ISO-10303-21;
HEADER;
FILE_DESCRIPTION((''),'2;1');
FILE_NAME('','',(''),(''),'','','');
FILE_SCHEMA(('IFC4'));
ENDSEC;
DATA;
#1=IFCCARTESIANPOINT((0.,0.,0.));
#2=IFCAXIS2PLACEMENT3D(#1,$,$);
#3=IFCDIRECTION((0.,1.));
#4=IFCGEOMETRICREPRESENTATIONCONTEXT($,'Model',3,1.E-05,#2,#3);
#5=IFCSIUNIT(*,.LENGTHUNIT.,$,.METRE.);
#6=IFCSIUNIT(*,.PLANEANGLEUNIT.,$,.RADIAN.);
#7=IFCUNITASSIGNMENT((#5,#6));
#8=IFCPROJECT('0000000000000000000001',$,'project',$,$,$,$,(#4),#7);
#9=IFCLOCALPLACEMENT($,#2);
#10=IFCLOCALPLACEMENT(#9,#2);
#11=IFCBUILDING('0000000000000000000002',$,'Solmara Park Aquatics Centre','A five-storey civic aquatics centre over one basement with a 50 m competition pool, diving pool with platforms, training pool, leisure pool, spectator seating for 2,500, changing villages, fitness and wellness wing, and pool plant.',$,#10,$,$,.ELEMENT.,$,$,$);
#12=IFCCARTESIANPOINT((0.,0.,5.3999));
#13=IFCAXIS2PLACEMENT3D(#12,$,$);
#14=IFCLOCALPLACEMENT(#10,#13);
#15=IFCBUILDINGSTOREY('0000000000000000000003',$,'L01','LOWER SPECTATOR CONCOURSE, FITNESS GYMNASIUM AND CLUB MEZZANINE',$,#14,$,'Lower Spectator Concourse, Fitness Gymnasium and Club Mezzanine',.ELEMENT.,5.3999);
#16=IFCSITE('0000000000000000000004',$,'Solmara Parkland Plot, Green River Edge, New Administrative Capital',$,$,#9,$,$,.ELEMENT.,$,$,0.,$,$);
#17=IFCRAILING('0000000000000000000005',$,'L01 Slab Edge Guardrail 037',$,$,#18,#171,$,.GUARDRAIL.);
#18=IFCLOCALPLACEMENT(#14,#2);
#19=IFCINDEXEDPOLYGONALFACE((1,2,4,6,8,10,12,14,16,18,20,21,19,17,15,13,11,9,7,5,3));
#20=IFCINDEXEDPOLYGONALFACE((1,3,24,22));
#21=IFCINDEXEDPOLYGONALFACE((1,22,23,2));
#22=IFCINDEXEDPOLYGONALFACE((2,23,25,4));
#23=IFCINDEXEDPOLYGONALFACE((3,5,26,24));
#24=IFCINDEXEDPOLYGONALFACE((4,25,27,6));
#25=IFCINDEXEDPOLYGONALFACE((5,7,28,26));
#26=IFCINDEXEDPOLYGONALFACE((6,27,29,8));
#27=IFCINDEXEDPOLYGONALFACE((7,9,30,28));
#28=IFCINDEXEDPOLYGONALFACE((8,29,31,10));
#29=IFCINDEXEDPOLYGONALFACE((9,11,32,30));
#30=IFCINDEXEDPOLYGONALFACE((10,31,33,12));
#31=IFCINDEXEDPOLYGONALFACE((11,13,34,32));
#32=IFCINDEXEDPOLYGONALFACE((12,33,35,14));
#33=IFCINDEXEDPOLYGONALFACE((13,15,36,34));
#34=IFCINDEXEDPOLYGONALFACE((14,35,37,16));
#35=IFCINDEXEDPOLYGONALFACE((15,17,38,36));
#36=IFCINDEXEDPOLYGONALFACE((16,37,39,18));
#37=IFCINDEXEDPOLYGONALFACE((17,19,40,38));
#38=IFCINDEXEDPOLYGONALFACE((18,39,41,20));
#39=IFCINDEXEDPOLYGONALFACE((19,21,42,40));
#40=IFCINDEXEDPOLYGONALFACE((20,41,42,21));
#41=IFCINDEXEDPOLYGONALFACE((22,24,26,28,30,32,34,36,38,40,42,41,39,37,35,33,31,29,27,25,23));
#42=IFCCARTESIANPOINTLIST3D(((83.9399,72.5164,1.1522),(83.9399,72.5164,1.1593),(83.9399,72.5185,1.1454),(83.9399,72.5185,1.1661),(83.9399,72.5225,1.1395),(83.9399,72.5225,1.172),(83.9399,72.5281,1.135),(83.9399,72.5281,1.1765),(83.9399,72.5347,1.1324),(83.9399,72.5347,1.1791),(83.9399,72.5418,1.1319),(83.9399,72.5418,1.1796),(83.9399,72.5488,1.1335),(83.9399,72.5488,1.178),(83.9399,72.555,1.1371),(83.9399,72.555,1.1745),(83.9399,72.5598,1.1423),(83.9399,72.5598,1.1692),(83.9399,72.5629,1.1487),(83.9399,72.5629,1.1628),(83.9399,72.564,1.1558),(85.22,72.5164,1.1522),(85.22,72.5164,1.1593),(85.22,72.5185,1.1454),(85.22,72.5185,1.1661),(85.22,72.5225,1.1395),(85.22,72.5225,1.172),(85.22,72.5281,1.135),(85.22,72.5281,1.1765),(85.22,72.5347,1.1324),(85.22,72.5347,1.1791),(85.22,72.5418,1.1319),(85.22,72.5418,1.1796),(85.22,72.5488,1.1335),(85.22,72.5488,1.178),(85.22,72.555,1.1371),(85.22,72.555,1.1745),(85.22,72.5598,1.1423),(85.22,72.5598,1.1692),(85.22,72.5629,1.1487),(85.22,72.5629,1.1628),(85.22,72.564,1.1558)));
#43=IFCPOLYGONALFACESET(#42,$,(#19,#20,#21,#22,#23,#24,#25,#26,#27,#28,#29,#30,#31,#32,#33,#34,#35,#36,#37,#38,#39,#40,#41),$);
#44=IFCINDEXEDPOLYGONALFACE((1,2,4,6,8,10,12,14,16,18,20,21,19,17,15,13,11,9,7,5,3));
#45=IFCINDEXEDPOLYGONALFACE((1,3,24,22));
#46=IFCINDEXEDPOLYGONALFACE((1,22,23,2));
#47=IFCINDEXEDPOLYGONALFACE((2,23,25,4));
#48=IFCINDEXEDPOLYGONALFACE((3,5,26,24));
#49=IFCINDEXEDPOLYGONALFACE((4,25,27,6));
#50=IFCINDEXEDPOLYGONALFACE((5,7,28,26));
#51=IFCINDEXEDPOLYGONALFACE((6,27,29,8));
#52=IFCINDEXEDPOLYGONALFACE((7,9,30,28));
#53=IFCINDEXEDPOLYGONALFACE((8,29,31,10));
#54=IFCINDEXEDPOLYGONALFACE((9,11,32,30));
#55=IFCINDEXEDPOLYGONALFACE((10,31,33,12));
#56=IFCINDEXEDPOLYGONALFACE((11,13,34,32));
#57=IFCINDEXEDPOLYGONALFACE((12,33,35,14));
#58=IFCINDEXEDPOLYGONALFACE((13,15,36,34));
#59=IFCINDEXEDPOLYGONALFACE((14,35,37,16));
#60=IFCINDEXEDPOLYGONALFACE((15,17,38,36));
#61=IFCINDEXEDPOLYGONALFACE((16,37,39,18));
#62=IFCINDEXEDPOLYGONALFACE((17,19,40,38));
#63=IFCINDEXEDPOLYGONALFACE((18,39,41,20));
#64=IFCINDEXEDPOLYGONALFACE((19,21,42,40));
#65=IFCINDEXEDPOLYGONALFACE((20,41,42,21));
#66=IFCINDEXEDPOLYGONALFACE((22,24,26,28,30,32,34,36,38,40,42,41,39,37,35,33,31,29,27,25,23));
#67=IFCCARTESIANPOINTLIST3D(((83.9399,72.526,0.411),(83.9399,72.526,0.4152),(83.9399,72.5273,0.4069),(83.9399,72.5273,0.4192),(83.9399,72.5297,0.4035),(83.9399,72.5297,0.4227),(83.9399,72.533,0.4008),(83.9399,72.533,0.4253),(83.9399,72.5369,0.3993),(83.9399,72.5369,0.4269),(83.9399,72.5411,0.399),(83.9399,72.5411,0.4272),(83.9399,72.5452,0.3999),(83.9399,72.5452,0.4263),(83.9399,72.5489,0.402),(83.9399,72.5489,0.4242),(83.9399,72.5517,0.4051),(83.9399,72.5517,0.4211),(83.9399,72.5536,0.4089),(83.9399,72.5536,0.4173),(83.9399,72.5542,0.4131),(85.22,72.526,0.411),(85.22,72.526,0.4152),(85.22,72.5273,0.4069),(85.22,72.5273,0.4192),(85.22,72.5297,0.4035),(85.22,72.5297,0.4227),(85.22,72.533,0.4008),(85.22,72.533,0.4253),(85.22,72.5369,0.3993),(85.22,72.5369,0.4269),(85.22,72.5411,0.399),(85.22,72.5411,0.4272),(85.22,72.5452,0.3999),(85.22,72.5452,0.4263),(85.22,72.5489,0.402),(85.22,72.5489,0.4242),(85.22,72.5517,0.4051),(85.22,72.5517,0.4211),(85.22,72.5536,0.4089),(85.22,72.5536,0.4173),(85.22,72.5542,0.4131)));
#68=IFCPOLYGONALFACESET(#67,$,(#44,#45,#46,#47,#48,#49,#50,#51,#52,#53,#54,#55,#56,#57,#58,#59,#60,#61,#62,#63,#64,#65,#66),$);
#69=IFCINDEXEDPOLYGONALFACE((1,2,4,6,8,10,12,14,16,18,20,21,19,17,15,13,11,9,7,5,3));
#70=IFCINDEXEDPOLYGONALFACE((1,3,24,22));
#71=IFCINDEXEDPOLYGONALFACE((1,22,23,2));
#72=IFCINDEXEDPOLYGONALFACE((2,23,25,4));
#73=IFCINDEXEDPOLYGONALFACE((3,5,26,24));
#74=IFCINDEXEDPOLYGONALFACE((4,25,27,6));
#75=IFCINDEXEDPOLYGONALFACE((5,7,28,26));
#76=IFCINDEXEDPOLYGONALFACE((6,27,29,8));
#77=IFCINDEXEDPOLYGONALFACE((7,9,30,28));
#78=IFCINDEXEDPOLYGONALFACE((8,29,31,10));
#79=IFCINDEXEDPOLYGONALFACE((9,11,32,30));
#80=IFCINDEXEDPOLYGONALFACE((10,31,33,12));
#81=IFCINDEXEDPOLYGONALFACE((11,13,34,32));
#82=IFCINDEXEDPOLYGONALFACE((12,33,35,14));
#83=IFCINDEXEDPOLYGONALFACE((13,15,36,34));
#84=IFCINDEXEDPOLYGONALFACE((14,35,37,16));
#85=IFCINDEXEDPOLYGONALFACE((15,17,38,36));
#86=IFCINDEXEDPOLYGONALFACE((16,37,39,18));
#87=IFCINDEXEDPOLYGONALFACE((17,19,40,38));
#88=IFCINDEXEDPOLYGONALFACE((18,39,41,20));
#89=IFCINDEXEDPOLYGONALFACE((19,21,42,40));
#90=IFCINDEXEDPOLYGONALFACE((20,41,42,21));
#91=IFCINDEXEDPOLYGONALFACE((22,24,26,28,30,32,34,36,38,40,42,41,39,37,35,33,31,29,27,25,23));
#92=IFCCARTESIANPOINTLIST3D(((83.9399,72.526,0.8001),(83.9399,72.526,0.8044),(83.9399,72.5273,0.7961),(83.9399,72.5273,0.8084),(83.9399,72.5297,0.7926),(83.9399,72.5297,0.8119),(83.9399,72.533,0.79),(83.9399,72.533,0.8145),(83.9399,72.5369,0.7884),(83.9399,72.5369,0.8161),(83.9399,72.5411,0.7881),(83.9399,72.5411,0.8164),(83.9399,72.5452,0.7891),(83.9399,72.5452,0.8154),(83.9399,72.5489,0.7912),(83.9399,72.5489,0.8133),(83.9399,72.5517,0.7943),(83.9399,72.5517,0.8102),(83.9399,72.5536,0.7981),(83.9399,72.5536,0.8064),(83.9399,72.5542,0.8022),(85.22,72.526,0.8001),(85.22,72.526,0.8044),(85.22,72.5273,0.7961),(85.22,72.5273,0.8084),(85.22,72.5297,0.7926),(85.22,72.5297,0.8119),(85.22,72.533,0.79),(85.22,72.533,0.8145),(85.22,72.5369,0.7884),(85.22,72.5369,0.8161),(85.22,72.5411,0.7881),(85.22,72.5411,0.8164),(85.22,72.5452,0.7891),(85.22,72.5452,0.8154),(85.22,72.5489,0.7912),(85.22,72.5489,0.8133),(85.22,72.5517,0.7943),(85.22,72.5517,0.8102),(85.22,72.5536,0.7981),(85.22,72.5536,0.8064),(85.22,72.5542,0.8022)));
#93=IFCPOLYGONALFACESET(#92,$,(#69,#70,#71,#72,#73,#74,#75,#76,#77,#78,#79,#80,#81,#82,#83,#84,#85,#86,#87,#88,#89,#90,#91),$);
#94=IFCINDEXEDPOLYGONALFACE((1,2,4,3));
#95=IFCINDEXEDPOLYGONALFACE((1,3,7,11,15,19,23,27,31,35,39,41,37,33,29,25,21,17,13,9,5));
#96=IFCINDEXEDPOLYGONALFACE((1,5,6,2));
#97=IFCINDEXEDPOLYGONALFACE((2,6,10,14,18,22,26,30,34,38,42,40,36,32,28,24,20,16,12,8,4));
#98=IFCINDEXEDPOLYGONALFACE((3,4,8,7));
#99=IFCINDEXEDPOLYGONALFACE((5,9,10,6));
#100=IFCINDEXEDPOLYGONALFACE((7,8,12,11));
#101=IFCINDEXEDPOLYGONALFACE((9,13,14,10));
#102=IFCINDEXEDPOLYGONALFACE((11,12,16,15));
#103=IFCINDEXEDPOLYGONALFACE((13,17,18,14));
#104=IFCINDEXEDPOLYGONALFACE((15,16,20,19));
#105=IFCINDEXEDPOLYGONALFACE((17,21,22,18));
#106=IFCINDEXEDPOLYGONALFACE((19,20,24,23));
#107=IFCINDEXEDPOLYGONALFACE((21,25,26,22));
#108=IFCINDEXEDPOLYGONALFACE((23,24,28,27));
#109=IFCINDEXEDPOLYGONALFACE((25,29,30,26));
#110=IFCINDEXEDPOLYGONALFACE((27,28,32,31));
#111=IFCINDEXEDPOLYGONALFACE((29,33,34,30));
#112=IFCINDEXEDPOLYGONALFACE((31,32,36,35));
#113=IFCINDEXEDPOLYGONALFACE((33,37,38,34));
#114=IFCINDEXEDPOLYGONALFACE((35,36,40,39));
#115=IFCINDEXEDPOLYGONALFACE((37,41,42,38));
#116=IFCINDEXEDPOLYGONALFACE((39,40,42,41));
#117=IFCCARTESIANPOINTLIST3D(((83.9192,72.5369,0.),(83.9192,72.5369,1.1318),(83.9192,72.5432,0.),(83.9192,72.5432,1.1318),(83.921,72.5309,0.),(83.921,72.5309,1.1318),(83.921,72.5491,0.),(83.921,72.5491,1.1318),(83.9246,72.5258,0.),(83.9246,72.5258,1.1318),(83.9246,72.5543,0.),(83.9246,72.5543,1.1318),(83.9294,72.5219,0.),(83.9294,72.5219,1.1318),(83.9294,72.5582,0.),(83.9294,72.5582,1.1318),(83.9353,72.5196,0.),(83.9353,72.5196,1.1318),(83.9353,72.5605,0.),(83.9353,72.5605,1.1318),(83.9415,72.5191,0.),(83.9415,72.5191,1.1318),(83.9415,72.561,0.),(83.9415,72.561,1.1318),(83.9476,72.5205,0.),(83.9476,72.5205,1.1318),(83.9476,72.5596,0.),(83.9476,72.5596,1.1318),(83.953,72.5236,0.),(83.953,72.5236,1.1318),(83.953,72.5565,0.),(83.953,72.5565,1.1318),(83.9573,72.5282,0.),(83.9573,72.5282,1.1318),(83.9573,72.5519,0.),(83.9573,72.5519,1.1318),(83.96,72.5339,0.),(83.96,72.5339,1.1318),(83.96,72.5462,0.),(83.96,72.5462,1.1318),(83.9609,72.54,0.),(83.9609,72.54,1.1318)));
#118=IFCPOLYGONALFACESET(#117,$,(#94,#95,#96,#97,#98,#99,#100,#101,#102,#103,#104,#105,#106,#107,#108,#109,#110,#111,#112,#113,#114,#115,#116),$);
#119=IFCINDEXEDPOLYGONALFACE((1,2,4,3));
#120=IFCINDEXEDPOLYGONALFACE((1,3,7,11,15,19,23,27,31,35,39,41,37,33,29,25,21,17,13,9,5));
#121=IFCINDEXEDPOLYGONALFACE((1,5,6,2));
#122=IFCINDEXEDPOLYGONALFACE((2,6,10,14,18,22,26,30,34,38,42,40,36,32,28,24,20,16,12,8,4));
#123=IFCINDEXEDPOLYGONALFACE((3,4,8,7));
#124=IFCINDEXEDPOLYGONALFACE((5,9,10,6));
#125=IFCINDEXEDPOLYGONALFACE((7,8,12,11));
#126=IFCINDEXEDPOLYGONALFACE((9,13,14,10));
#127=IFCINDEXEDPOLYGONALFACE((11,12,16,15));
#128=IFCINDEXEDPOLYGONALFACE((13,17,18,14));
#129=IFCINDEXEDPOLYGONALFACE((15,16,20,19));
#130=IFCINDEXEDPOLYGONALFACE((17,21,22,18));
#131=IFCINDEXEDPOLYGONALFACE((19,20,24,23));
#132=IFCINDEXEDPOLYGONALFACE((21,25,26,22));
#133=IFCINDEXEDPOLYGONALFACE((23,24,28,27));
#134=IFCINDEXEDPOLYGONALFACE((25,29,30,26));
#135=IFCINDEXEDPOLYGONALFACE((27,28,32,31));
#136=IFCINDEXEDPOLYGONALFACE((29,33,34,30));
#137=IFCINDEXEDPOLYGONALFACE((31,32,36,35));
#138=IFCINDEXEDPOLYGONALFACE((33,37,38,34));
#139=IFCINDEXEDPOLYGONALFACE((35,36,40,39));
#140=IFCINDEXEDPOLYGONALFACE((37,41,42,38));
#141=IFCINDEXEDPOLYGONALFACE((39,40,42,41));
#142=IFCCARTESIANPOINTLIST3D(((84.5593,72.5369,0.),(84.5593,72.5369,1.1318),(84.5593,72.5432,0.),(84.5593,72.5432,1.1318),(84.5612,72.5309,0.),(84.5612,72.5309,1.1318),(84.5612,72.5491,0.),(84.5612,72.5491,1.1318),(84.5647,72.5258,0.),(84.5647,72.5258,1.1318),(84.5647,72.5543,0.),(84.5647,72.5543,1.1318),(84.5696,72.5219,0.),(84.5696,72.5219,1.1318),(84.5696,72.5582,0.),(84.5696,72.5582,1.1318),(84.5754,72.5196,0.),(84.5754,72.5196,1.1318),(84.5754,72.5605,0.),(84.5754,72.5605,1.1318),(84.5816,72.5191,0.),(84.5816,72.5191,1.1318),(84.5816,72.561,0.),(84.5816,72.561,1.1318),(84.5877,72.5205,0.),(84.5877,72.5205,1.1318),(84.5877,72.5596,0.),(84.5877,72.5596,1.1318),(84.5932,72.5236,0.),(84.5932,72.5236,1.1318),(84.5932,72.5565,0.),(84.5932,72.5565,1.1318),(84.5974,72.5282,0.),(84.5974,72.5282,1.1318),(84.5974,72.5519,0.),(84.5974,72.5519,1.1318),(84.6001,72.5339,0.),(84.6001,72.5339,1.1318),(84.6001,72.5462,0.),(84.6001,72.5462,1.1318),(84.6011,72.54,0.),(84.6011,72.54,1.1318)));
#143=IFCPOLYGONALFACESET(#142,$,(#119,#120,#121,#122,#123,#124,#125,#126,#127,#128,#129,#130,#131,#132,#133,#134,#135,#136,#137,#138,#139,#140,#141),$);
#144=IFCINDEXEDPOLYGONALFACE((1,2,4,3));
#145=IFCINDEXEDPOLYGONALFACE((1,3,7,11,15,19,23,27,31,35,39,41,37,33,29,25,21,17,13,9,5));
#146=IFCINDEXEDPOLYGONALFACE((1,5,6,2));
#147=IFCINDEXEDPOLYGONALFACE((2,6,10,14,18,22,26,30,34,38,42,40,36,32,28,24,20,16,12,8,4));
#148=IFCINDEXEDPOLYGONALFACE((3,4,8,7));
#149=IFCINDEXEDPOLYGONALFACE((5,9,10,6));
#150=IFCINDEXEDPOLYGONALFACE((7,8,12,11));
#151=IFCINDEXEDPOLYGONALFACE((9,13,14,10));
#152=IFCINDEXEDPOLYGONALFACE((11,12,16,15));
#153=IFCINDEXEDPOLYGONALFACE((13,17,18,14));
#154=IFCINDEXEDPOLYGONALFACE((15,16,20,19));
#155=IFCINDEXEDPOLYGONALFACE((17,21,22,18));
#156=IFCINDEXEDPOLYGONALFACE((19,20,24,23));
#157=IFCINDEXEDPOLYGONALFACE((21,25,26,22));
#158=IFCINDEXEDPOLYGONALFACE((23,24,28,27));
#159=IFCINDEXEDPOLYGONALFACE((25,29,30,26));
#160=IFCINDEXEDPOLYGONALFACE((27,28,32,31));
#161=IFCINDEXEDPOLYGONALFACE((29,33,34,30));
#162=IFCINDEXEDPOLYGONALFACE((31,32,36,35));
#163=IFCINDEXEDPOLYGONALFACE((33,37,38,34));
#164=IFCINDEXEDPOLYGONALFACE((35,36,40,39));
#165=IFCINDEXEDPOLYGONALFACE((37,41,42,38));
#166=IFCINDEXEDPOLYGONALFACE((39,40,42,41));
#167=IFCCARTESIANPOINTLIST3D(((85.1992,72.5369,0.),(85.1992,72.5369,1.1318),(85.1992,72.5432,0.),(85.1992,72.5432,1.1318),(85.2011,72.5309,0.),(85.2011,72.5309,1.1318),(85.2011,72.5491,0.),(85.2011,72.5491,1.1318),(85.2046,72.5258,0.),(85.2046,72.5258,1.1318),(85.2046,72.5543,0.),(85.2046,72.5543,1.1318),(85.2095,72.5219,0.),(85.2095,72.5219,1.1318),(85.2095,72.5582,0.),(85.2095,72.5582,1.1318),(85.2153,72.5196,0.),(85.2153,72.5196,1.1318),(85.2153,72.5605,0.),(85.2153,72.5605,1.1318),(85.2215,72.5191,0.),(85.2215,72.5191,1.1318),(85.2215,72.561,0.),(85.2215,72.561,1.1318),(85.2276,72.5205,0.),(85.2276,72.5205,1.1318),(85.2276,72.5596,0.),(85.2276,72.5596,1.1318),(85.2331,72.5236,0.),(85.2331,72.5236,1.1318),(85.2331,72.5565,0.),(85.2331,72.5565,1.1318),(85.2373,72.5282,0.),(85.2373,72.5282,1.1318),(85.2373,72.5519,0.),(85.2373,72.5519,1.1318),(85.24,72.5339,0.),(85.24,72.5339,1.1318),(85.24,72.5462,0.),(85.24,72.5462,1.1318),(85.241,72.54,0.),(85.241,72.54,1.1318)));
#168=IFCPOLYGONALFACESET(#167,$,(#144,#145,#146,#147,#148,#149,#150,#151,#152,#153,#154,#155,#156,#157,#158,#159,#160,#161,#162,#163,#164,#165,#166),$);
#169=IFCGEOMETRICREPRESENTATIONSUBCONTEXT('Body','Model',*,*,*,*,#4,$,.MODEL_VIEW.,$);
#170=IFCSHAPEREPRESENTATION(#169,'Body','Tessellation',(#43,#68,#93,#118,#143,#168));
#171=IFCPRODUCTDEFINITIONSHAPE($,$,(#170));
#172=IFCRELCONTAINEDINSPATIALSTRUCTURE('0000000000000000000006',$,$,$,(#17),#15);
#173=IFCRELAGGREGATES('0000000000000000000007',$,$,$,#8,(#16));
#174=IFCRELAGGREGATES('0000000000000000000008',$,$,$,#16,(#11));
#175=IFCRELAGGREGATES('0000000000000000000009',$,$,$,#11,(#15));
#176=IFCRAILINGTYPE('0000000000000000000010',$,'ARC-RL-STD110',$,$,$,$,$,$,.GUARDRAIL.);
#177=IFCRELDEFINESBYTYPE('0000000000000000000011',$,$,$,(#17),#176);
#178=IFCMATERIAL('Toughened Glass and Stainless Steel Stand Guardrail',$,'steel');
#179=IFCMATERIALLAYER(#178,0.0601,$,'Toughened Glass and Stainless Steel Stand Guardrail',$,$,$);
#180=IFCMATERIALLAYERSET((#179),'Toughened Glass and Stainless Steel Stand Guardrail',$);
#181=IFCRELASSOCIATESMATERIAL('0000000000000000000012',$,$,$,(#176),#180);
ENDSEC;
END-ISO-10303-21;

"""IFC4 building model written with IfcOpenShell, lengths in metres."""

from ifc_helpers import new_model, si_unit, direction, frame, origin, origin_2d, place, context, subcontext, project, spatial, circle, extrude, material, layer, layer_set, type_object, element, save


model = new_model("IFC4")

# Units and contexts
model_context = context("Model", 3, precision=1e-05, world=origin(), true_north=direction((0.0, 1.0)))
body_context = subcontext(model_context, "Body", "Model", "MODEL_VIEW")
ifc_project = project(units=[si_unit("LENGTHUNIT", "METRE"), si_unit("PLANEANGLEUNIT", "RADIAN")], contexts=[model_context])

# Site, building, storey
site_placement = place(None, origin())
site = spatial("IfcSite", under=ifc_project, at=site_placement, Name="Solmara Parkland Plot, Green River Edge, New Administrative Capital", CompositionType="ELEMENT", RefElevation=0.0)
building_placement = place(site_placement, origin())
building = spatial("IfcBuilding", under=site, at=building_placement, Name="Solmara Park Aquatics Centre", Description="A five-storey civic aquatics centre over one basement with a 50 m competition pool, diving pool with platforms, training pool, leisure pool, spectator seating for 2,500, changing villages, fitness and wellness wing, and pool plant.", CompositionType="ELEMENT")
storey_placement = place(building_placement, frame((0.0, 0.0, 5.3999)))
storey = spatial("IfcBuildingStorey", under=building, at=storey_placement, Name="L01", Description="LOWER SPECTATOR CONCOURSE, FITNESS GYMNASIUM AND CLUB MEZZANINE", LongName="Lower Spectator Concourse, Fitness Gymnasium and Club Mezzanine", CompositionType="ELEMENT", Elevation=5.3999)

# Railing
ifc_material_1 = material(Name="Toughened Glass and Stainless Steel Stand Guardrail", Category="steel")
ifc_layer_1 = layer(ifc_material_1, 0.0601, Name="Toughened Glass and Stainless Steel Stand Guardrail")
ifc_layer_set_1 = layer_set([ifc_layer_1], Name="Toughened Glass and Stainless Steel Stand Guardrail")
railing_type = type_object("IfcRailingType", Name="ARC-RL-STD110", PredefinedType="GUARDRAIL", material=ifc_layer_set_1)
railing_1_placement = place(storey_placement, frame((83.9399, 72.54, 0.0)))
element("IfcRailing", 1, at=railing_1_placement, inside=storey, type_object=railing_type, Name="L01 Slab Edge Guardrail 037", PredefinedType="GUARDRAIL", context=body_context, shape_type="SweptSolid", body=[
    extrude(circle(Radius=0.0239, at=origin_2d()), frame((0.0, 0.0, 1.1558), z_axis=(1.0, 0.0, 0.0), x_axis=(0.0, 1.0, 0.0)), (0.0, 0.0, 1.0), 1.28),
    extrude(circle(Radius=0.0142, at=origin_2d()), frame((0.0, 0.0, 0.4131), z_axis=(1.0, 0.0, 0.0), x_axis=(0.0, 1.0, 0.0)), (0.0, 0.0, 1.0), 1.28),
    extrude(circle(Radius=0.0142, at=origin_2d()), frame((0.0, 0.0, 0.8022), z_axis=(1.0, 0.0, 0.0), x_axis=(0.0, 1.0, 0.0)), (0.0, 0.0, 1.0), 1.28),
    extrude(circle(Radius=0.021, at=origin_2d()), origin(), (0.0, 0.0, 1.0), 1.1318),
    extrude(circle(Radius=0.021, at=origin_2d()), frame((0.6401, 0.0, 0.0)), (0.0, 0.0, 1.0), 1.1318),
    extrude(circle(Radius=0.021, at=origin_2d()), frame((1.28, 0.0, 0.0)), (0.0, 0.0, 1.0), 1.1318),
])

save(model, "model.ifc")
